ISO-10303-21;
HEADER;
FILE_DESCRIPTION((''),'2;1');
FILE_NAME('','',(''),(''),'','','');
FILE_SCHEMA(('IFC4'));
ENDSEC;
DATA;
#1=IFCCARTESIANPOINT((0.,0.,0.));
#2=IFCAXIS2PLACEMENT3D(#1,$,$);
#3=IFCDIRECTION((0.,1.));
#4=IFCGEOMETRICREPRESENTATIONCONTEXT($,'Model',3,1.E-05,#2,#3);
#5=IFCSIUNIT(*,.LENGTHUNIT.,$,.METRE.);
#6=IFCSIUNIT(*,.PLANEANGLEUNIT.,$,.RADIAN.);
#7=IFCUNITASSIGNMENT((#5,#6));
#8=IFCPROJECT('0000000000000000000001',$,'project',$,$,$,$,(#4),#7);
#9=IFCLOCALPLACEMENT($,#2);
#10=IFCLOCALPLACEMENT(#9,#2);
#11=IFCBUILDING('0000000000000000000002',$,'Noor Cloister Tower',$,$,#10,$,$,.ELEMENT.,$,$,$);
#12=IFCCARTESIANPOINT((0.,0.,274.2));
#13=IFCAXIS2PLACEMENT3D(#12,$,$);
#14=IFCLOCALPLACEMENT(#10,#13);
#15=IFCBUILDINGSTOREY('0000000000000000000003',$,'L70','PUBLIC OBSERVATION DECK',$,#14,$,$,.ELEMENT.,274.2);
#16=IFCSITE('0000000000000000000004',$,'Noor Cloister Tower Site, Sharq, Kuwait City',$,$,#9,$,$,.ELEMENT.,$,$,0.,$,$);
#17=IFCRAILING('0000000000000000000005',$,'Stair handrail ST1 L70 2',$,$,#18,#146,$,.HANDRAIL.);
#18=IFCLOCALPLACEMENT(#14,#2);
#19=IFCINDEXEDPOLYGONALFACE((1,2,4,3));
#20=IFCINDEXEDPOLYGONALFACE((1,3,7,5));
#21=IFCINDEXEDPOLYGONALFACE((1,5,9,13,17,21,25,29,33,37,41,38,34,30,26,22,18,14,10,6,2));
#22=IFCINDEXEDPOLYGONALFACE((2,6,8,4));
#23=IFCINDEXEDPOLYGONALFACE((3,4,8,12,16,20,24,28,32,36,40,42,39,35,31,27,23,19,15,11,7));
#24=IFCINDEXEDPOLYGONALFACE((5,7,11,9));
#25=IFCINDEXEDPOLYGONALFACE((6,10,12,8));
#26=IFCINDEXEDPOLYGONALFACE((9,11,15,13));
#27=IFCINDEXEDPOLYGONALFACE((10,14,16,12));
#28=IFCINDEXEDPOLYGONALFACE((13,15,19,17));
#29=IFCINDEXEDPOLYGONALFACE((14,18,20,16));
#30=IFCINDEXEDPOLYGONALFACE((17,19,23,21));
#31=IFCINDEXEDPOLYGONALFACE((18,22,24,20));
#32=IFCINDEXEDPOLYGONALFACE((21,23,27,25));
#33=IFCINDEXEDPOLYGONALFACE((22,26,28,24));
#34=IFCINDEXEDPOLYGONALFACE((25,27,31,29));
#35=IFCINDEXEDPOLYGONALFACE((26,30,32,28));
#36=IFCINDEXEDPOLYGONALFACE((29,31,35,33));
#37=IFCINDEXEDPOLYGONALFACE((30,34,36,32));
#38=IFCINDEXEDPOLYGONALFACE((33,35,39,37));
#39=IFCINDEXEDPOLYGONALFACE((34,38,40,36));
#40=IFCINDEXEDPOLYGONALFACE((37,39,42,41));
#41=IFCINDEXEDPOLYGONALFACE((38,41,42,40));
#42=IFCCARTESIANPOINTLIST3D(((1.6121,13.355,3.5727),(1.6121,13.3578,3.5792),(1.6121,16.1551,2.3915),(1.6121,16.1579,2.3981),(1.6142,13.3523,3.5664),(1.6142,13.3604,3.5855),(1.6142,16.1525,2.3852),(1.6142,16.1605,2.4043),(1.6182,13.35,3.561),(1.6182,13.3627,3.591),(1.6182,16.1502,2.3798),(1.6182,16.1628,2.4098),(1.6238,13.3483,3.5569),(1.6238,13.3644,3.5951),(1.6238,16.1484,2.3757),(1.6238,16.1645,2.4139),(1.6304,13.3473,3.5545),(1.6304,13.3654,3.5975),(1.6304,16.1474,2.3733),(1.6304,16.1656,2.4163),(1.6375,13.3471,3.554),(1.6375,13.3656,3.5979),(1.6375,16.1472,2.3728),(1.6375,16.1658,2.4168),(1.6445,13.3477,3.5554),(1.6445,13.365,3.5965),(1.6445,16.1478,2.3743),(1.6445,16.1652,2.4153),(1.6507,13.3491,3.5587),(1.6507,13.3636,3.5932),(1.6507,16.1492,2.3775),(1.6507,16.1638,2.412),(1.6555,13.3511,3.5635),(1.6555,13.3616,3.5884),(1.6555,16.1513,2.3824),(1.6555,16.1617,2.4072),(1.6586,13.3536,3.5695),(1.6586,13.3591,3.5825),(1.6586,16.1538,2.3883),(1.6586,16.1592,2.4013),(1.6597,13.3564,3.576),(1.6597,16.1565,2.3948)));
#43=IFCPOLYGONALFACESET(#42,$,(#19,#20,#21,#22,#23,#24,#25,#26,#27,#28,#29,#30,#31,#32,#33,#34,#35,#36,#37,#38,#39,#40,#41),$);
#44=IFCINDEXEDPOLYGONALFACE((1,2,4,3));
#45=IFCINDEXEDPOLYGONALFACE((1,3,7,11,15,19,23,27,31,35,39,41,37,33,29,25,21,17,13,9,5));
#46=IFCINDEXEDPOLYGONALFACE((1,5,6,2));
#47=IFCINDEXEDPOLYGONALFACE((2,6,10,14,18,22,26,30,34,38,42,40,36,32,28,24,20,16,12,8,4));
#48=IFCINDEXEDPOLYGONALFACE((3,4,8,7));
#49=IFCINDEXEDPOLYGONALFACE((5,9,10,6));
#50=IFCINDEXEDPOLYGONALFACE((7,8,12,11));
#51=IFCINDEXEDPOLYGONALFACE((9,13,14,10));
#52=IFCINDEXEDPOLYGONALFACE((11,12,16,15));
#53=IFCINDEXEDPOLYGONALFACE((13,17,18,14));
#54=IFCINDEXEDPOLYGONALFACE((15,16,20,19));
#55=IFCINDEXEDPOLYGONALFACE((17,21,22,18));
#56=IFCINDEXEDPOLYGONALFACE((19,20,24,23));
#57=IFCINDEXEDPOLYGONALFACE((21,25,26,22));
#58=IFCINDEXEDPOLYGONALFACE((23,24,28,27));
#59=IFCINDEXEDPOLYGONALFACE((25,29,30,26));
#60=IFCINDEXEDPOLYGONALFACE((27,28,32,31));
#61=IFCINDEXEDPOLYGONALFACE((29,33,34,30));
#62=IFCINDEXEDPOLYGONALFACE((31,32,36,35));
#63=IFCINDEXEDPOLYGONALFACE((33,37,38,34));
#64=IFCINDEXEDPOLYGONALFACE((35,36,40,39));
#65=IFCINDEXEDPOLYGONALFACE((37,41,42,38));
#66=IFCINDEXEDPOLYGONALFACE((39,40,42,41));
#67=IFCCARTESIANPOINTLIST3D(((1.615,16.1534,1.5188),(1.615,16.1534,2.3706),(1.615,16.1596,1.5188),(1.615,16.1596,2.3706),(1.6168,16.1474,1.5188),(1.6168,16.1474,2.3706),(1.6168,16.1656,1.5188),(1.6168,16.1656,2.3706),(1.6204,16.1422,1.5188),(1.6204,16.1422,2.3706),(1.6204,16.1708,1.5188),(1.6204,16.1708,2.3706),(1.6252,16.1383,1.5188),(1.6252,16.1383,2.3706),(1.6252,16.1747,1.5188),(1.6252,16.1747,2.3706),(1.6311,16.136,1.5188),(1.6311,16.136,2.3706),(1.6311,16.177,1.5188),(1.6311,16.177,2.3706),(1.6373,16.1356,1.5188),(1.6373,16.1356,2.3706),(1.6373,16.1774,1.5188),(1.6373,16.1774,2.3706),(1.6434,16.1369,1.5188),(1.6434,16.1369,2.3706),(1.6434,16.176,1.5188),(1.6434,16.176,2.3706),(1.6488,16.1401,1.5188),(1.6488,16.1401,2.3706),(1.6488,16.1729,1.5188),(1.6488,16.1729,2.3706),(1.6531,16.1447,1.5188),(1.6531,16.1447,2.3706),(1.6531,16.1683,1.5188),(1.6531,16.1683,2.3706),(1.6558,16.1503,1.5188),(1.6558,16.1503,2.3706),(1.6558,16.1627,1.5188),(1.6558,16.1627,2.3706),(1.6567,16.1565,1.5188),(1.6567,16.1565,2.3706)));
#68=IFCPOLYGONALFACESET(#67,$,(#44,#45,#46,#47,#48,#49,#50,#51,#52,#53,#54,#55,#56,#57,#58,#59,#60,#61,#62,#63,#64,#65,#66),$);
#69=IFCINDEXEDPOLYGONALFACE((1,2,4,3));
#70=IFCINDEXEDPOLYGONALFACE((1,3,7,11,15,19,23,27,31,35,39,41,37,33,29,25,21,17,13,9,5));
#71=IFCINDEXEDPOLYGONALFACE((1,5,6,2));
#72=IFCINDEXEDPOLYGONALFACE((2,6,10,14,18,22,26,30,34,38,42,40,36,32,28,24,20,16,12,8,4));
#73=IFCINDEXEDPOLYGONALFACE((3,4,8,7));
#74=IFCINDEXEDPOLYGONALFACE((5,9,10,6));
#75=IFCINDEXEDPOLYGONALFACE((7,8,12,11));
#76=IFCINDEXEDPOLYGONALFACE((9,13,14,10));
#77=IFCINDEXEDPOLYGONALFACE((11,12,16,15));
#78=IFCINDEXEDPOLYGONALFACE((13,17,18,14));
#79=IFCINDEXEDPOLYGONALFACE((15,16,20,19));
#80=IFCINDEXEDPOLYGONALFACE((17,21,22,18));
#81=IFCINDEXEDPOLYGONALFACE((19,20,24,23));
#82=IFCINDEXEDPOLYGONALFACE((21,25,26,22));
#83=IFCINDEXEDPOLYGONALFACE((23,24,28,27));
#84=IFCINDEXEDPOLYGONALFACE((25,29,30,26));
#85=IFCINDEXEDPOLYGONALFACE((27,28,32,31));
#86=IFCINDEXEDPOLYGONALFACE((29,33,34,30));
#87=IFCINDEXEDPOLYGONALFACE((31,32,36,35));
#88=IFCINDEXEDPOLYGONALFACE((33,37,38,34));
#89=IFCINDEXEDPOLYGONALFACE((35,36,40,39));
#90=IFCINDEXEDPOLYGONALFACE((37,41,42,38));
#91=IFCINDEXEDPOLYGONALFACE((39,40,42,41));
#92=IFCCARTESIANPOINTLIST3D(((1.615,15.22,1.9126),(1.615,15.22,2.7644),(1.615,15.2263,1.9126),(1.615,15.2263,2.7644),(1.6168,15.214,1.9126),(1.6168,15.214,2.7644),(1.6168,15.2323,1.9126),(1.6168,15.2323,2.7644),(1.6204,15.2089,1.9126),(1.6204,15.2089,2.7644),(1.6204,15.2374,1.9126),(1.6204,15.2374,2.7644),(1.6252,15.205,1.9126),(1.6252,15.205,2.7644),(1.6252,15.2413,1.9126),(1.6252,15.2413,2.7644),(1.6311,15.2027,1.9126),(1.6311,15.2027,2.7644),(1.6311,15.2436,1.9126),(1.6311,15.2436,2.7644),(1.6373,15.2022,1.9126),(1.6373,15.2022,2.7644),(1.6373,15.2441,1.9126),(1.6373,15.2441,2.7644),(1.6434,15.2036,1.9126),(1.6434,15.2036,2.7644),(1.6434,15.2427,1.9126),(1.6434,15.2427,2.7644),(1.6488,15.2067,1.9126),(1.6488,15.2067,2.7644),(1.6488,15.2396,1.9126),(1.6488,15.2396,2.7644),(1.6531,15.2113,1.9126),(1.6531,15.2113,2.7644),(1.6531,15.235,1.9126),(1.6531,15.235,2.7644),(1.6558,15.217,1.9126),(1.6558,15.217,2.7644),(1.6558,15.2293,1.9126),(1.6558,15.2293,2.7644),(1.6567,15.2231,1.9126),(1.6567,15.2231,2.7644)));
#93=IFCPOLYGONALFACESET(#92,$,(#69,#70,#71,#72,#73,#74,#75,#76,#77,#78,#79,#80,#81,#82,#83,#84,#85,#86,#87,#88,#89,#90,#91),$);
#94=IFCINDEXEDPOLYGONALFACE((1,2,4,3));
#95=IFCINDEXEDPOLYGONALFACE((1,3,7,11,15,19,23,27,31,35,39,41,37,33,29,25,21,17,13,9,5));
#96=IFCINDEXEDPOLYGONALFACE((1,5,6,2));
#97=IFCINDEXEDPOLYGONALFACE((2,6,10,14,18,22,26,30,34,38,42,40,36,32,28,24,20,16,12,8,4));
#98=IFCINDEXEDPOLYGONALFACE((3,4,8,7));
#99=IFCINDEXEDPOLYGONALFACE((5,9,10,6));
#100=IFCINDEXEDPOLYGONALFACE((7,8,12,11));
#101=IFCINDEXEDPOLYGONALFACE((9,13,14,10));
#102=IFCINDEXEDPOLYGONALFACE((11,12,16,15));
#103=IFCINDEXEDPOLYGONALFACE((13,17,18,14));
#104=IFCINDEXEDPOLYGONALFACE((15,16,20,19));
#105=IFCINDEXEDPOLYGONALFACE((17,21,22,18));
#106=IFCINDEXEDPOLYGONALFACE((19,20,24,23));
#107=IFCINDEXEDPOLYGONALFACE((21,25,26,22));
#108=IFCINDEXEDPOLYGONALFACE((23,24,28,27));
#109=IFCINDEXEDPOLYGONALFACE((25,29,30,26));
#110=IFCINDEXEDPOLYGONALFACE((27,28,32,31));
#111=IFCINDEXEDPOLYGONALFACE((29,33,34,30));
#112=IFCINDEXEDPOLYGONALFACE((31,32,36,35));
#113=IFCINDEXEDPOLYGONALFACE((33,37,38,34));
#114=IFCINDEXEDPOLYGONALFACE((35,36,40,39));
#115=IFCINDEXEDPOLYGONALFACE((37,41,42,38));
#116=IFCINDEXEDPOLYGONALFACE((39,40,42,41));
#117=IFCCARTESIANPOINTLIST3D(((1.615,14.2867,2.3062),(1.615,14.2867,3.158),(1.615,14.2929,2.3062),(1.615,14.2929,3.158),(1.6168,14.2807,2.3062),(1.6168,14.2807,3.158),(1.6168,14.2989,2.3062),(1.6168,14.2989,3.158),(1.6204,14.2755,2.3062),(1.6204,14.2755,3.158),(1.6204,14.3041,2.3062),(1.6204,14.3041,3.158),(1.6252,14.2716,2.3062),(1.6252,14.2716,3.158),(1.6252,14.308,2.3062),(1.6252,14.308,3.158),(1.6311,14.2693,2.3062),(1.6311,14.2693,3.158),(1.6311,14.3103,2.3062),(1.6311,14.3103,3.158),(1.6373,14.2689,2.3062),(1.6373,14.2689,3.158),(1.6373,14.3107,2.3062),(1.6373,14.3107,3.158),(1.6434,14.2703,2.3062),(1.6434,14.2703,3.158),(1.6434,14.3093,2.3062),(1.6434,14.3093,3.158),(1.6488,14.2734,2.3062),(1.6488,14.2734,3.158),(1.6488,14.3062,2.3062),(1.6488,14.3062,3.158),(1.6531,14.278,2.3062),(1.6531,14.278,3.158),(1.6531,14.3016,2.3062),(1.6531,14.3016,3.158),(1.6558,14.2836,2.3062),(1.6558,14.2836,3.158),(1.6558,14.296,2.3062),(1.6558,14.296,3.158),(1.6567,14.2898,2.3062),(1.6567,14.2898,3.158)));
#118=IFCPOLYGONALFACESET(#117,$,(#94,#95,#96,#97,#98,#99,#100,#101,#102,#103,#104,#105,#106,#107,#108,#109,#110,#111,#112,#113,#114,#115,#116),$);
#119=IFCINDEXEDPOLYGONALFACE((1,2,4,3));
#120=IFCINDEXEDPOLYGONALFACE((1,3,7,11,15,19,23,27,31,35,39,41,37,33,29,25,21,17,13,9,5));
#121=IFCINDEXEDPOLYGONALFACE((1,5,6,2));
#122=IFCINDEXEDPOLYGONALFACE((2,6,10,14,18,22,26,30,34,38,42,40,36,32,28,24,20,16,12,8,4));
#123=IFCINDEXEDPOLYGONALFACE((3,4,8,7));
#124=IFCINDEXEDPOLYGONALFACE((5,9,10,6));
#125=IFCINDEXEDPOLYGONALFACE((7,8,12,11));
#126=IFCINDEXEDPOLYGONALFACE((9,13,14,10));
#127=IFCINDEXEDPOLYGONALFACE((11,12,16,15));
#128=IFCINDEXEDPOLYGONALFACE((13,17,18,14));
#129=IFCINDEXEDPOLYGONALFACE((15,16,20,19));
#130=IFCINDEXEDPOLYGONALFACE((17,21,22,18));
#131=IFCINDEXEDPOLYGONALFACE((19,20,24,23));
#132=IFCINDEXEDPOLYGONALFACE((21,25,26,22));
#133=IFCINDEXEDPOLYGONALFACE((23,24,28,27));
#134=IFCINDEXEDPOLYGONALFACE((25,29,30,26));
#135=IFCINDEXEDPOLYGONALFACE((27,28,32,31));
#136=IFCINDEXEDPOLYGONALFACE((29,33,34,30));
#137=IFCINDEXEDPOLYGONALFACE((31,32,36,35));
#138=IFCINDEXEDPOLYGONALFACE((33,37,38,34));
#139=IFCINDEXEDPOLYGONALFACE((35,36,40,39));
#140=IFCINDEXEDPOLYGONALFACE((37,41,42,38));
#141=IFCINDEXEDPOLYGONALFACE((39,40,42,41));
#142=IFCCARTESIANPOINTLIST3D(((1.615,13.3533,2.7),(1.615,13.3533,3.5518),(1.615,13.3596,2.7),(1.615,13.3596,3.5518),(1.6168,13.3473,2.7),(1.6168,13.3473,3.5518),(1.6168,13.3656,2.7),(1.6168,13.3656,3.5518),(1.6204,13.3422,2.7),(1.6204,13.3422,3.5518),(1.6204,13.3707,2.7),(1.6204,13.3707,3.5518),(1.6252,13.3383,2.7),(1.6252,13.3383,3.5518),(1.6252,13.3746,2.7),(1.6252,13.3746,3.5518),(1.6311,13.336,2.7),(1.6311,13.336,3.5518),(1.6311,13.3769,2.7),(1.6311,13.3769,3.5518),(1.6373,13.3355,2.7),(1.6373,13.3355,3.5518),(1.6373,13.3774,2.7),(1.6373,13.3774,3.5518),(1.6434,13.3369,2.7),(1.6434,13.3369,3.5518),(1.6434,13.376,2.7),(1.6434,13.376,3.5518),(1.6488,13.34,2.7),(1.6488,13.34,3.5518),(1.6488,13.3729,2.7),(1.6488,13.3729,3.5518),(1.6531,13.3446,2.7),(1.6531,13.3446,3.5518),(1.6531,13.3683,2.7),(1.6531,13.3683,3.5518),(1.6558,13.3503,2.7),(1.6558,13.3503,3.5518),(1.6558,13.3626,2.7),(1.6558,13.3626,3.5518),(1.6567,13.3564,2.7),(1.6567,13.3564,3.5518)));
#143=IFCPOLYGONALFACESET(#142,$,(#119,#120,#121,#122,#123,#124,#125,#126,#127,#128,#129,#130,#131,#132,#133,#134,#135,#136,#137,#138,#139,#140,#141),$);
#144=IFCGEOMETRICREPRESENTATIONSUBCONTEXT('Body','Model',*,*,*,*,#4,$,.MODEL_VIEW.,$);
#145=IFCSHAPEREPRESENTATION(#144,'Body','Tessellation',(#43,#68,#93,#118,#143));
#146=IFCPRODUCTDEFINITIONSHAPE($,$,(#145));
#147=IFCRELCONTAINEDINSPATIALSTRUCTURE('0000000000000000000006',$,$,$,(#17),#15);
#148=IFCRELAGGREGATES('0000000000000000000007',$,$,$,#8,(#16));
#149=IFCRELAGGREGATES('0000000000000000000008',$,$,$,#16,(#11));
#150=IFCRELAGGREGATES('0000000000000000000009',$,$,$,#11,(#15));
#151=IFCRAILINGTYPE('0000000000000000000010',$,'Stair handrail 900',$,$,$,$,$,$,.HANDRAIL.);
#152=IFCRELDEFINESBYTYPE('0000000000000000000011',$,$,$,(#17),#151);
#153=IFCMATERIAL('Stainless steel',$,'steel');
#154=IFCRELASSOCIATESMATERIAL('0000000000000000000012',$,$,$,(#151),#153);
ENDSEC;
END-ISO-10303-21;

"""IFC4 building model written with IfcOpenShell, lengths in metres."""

from ifc_helpers import new_model, si_unit, direction, frame, origin, origin_2d, place, context, subcontext, project, spatial, circle, extrude, material, type_object, element, save


model = new_model("IFC4")

# Units and contexts
model_context = context("Model", 3, precision=1e-05, world=origin(), true_north=direction((0.0, 1.0)))
body_context = subcontext(model_context, "Body", "Model", "MODEL_VIEW")
ifc_project = project(units=[si_unit("LENGTHUNIT", "METRE"), si_unit("PLANEANGLEUNIT", "RADIAN")], contexts=[model_context])

# Site, building, storey
site_placement = place(None, origin())
site = spatial("IfcSite", under=ifc_project, at=site_placement, Name="Noor Cloister Tower Site, Sharq, Kuwait City", CompositionType="ELEMENT", RefElevation=0.0)
building_placement = place(site_placement, origin())
building = spatial("IfcBuilding", under=site, at=building_placement, Name="Noor Cloister Tower", CompositionType="ELEMENT")
storey_placement = place(building_placement, frame((0.0, 0.0, 274.2)))
storey = spatial("IfcBuildingStorey", under=building, at=storey_placement, Name="L70", Description="PUBLIC OBSERVATION DECK", CompositionType="ELEMENT", Elevation=274.2)

# Railing
ifc_material_1 = material(Name="Stainless steel", Category="steel")
railing_type_1 = type_object("IfcRailingType", Name="Stair handrail 900", PredefinedType="HANDRAIL", material=ifc_material_1)
railing_1_placement = place(storey_placement, frame((1.6357, 16.1565, 1.5188)))
element("IfcRailing", 1, at=railing_1_placement, inside=storey, type_object=railing_type_1, Name="Stair handrail ST1 L70 2", PredefinedType="HANDRAIL", context=body_context, shape_type="SweptSolid", body=[
    extrude(circle(Radius=0.0239, at=origin_2d()), frame((0.0, 0.0, 0.876), z_axis=(0.0, -0.921378, 0.388667), x_axis=(1.0, 0.0, 0.0)), (0.0, 0.0, 1.0), 3.0391),
    extrude(circle(Radius=0.021, at=origin_2d()), origin(), (0.0, 0.0, 1.0), 0.8518),
    extrude(circle(Radius=0.021, at=origin_2d()), frame((0.0, -0.9333, 0.3938)), (0.0, 0.0, 1.0), 0.8518),
    extrude(circle(Radius=0.021, at=origin_2d()), frame((0.0, -1.8667, 0.7874)), (0.0, 0.0, 1.0), 0.8518),
    extrude(circle(Radius=0.021, at=origin_2d()), frame((0.0, -2.8, 1.1812)), (0.0, 0.0, 1.0), 0.8518),
])

save(model, "model.ifc")
